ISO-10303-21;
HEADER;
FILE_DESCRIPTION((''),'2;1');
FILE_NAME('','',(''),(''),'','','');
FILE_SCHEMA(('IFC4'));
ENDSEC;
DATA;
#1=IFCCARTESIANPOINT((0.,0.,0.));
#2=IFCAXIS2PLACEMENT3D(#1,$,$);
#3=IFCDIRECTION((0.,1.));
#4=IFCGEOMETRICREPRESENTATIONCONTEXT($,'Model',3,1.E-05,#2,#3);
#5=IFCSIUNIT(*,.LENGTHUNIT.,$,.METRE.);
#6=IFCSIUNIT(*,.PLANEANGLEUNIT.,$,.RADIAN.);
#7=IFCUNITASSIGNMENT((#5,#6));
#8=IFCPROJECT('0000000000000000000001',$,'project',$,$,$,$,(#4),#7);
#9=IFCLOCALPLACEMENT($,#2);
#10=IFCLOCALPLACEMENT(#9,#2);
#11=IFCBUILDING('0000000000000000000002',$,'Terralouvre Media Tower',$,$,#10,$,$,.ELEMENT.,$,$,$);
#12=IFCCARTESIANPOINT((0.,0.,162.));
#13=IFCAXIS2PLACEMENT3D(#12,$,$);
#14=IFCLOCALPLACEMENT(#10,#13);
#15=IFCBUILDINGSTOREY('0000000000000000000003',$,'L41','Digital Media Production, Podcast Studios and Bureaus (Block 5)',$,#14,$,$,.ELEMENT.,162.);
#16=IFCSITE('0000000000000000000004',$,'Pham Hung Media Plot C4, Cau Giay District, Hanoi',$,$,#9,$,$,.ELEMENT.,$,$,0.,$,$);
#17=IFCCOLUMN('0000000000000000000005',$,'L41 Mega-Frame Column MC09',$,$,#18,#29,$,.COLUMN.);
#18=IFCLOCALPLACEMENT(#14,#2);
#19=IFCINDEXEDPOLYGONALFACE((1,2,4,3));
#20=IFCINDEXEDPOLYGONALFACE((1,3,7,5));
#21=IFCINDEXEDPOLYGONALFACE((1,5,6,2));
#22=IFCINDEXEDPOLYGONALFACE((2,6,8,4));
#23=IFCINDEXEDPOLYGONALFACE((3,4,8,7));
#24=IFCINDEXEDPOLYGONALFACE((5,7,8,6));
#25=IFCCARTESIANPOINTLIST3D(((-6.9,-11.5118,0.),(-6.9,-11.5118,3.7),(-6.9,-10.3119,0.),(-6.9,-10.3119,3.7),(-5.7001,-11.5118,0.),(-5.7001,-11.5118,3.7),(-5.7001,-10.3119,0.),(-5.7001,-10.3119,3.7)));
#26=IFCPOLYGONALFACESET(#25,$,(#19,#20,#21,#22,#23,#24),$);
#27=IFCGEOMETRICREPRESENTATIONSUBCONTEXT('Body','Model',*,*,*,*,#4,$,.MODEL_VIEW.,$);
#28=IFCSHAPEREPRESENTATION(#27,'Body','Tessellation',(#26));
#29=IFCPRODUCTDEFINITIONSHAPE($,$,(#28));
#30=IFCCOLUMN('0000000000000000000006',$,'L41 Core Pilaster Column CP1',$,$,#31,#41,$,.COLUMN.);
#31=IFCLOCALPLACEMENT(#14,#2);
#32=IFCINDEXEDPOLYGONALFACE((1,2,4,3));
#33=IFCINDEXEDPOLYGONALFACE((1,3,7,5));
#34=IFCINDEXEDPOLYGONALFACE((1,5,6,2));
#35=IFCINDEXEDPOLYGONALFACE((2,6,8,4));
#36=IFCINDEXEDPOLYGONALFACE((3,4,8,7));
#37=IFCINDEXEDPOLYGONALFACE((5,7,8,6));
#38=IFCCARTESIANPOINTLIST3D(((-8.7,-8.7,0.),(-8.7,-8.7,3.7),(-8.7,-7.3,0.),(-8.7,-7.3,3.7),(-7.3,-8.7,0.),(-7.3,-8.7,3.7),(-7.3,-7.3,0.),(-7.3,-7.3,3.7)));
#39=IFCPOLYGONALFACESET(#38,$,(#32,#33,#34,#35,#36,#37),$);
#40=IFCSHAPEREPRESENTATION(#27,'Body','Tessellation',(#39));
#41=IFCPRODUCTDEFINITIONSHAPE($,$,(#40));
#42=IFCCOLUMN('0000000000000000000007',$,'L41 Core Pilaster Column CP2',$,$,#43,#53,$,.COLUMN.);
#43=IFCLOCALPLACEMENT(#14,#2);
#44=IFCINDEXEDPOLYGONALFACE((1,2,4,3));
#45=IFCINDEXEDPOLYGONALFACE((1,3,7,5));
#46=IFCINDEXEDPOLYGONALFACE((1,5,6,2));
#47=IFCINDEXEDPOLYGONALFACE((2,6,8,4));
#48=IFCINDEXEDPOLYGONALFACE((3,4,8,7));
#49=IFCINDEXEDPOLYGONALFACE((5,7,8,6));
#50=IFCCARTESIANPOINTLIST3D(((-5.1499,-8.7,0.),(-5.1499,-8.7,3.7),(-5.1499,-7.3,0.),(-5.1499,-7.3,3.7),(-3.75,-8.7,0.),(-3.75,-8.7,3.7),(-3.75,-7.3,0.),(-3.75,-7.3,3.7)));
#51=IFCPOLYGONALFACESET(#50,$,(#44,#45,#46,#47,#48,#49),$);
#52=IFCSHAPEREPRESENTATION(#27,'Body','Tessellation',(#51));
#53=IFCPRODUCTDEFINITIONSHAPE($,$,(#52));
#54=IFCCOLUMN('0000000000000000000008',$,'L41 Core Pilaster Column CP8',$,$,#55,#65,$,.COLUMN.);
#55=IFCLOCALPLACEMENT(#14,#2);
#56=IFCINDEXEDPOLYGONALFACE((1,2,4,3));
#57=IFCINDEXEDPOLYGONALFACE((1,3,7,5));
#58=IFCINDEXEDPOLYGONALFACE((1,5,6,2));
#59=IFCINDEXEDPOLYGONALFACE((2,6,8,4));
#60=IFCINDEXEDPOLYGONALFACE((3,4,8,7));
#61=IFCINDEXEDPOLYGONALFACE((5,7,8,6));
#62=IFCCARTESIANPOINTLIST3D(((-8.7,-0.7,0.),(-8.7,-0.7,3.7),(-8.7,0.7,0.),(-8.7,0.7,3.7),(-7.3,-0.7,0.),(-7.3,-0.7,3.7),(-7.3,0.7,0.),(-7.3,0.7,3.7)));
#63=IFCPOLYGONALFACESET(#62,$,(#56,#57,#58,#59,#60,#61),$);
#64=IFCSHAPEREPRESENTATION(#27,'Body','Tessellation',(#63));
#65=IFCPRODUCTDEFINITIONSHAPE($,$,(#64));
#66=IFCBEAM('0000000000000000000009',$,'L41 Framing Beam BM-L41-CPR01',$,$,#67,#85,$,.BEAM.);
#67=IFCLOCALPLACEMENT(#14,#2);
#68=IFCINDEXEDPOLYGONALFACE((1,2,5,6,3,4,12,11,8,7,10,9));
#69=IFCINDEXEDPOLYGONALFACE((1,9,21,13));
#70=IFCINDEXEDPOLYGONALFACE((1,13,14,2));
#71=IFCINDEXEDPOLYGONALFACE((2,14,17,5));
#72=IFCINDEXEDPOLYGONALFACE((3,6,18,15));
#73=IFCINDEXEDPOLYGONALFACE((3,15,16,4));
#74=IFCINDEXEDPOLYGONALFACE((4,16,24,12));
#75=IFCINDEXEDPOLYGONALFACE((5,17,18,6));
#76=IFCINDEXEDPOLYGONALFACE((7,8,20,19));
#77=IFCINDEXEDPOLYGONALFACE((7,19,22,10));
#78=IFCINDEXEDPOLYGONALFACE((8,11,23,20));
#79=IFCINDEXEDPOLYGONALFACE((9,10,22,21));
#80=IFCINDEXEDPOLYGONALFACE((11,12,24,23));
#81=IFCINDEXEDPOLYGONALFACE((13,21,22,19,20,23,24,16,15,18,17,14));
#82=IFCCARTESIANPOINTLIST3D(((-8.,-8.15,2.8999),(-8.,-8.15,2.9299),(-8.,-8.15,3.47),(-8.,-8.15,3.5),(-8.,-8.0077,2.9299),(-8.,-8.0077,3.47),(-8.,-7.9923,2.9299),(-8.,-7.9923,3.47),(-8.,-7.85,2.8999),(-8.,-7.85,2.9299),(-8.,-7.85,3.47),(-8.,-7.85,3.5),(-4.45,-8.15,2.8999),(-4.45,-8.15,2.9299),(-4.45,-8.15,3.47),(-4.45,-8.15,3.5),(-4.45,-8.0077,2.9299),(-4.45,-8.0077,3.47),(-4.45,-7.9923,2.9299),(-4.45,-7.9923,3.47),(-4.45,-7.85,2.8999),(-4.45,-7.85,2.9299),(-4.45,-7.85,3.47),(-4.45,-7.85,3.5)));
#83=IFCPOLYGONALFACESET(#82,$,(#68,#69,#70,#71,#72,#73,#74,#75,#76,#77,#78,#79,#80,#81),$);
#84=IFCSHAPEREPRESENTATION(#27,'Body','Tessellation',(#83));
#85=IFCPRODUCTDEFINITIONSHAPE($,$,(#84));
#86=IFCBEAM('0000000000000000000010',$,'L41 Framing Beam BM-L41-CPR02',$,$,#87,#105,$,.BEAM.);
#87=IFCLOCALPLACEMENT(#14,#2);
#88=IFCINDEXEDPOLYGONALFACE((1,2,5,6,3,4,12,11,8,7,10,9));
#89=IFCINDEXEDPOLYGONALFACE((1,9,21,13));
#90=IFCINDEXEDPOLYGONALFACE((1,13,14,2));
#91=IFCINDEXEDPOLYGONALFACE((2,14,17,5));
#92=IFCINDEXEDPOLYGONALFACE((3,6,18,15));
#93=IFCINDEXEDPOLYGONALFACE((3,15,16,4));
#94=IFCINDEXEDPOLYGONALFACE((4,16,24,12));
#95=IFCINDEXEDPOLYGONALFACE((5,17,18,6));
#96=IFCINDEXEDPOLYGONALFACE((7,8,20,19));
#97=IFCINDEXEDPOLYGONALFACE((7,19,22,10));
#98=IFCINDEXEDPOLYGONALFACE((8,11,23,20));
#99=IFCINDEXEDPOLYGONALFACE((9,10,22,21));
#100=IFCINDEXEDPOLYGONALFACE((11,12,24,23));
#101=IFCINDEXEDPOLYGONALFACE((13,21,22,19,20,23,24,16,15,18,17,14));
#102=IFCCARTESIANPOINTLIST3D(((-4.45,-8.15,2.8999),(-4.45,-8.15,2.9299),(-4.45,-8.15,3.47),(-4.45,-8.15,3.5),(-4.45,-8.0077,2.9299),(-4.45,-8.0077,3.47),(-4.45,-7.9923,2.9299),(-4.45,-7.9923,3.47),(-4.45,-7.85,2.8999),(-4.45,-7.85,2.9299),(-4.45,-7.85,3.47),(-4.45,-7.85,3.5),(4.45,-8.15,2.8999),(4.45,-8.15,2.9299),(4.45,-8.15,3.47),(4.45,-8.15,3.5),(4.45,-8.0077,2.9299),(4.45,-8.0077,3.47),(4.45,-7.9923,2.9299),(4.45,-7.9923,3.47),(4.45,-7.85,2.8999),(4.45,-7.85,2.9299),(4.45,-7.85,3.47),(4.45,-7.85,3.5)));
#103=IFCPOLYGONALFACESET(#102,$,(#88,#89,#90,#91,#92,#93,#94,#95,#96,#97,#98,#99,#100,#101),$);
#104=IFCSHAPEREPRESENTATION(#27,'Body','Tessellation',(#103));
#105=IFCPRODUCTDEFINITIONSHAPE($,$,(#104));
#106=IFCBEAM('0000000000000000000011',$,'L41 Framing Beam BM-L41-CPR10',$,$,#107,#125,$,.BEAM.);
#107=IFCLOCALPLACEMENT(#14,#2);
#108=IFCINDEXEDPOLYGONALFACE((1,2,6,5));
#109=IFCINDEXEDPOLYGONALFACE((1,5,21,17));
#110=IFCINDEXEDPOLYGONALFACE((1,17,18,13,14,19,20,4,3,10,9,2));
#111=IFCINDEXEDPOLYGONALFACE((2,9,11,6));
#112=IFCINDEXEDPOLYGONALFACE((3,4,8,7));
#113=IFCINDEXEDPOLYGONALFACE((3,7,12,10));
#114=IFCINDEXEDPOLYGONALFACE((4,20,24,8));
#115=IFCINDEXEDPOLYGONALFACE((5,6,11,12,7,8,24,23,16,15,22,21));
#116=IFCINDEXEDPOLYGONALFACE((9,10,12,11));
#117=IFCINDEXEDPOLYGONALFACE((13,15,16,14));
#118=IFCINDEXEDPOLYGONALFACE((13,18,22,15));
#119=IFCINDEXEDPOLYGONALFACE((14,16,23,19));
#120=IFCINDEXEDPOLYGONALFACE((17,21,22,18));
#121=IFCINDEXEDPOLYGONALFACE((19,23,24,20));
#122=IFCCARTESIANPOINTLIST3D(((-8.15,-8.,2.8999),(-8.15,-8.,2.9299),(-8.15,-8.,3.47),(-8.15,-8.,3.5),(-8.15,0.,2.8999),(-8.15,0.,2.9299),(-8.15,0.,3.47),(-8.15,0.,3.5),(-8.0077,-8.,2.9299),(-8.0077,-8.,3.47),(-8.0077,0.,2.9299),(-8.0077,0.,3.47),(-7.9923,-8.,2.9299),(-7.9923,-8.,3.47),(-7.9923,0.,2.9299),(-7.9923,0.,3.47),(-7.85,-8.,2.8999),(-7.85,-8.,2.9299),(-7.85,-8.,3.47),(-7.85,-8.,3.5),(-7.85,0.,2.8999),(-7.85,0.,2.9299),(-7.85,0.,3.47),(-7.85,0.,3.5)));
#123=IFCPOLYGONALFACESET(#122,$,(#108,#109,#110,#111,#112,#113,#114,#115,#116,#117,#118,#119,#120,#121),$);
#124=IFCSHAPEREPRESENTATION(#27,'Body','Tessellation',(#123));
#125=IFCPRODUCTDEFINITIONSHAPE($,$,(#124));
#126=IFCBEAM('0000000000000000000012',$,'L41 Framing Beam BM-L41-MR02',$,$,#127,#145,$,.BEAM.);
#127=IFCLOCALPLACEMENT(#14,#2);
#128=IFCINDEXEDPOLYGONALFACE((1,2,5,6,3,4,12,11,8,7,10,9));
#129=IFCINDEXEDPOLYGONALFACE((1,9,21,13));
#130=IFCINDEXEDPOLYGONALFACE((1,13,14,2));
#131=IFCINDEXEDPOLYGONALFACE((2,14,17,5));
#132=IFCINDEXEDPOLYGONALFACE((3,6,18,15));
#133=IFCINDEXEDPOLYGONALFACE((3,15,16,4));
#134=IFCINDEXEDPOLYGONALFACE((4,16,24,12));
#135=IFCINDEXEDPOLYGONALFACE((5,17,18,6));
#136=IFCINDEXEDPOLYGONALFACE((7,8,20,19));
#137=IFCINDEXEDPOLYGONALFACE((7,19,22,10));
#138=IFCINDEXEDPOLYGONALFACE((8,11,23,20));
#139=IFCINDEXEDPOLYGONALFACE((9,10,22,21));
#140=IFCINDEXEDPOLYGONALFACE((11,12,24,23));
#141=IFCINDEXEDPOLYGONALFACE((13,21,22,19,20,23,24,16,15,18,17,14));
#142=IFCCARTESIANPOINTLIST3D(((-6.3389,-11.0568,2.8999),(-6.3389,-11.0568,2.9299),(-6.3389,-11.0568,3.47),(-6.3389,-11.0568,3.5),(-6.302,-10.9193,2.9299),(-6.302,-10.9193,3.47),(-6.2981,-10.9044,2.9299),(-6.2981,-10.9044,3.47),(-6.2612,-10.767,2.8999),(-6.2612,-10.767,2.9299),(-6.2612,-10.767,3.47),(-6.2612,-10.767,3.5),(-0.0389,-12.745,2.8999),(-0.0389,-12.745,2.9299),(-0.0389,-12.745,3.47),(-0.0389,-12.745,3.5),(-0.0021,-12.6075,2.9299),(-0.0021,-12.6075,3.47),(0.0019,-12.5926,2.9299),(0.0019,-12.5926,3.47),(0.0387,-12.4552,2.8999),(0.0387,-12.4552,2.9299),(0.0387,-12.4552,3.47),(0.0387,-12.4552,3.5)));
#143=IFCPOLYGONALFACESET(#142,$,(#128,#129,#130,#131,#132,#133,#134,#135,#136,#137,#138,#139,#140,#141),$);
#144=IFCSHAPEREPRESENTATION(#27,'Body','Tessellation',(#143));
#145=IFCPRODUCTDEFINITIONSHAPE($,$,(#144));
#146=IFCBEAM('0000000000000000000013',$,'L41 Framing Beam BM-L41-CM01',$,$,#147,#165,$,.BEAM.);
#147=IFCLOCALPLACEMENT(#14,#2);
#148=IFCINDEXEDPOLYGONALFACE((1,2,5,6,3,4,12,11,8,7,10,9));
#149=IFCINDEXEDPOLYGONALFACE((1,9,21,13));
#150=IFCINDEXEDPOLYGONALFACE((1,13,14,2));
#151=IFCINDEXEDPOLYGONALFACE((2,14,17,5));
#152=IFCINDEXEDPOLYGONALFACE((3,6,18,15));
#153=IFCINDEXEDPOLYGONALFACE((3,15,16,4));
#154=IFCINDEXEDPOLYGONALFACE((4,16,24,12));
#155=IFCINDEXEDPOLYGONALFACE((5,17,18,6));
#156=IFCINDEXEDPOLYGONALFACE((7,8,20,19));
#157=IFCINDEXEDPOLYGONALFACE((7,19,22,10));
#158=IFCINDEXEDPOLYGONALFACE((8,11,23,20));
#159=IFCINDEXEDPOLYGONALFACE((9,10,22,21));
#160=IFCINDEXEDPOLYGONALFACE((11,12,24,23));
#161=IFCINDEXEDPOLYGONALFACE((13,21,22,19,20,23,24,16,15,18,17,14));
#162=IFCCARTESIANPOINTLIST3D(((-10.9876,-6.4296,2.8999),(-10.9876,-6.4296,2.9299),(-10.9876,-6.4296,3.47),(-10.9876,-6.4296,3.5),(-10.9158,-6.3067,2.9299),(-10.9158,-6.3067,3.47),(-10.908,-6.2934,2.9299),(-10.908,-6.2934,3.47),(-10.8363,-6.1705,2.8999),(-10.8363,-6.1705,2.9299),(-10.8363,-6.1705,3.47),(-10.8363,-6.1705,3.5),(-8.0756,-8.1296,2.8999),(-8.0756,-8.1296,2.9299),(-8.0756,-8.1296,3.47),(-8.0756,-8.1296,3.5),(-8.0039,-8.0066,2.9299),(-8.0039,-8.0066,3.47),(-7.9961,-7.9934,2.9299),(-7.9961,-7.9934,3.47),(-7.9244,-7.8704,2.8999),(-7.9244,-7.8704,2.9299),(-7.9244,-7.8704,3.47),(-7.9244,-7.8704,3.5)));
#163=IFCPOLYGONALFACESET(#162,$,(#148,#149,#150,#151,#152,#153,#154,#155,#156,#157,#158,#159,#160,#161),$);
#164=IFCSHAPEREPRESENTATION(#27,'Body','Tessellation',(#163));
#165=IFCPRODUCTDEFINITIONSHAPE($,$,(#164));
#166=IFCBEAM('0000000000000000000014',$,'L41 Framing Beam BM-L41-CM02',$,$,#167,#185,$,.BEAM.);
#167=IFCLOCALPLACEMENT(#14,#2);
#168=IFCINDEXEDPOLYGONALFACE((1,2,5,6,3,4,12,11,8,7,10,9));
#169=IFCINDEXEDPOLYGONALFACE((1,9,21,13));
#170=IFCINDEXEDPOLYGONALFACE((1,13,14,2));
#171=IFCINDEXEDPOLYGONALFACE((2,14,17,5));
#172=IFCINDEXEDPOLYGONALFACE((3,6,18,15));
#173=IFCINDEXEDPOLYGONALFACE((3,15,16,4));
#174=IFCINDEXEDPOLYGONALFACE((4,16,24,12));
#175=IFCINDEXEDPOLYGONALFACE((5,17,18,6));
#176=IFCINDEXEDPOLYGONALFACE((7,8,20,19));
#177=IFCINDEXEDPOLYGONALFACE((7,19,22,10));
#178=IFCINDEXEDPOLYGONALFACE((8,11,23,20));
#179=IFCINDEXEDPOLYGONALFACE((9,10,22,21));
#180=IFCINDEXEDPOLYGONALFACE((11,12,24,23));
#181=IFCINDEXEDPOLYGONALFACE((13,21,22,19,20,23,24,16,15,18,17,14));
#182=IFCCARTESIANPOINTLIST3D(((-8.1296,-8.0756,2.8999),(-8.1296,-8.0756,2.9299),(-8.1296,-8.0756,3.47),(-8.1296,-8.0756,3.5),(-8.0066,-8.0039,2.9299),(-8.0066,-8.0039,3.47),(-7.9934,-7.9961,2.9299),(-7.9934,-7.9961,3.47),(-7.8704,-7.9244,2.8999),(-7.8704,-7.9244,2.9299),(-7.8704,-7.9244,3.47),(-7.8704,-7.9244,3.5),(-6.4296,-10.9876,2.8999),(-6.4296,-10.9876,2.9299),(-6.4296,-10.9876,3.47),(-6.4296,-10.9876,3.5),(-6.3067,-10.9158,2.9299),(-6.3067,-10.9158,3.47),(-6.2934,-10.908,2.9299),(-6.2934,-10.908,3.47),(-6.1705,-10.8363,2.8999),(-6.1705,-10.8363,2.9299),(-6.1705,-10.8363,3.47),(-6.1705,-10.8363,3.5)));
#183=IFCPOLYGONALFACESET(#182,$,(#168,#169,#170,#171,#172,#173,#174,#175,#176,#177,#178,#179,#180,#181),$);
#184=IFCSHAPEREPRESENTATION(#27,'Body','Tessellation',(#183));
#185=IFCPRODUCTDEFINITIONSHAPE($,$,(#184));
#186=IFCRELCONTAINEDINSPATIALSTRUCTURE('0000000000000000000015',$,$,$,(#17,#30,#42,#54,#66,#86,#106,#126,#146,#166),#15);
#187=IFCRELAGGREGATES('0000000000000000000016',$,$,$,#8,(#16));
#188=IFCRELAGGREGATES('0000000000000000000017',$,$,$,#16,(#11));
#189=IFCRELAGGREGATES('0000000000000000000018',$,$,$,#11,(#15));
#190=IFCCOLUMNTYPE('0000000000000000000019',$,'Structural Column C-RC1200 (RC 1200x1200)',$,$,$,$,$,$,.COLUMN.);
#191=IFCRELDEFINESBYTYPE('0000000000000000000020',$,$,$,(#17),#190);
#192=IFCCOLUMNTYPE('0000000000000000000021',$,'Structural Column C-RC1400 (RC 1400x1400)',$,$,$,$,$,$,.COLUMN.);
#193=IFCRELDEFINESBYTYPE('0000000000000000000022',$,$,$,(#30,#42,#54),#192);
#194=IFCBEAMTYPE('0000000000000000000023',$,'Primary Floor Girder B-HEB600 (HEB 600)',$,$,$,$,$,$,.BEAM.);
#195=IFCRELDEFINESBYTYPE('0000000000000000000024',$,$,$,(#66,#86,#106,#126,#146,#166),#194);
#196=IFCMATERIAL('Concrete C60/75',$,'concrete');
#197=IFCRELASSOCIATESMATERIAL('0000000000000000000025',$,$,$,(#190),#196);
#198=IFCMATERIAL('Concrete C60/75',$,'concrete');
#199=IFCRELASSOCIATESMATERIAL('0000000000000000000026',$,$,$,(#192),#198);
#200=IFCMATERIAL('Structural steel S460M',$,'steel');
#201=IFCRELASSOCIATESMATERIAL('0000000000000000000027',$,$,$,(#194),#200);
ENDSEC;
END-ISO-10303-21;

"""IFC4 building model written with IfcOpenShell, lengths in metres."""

from ifc_helpers import new_model, si_unit, direction, frame, origin, origin_2d, place, context, subcontext, project, spatial, rectangle, i_section, extrude, material, material_profile, profile_set, type_object, element, save


model = new_model("IFC4")

# Units and contexts
model_context = context("Model", 3, precision=1e-05, world=origin(), true_north=direction((0.0, 1.0)))
body_context = subcontext(model_context, "Body", "Model", "MODEL_VIEW")
ifc_project = project(units=[si_unit("LENGTHUNIT", "METRE"), si_unit("PLANEANGLEUNIT", "RADIAN")], contexts=[model_context])

# Site, building, storey
site_placement = place(None, origin())
site = spatial("IfcSite", under=ifc_project, at=site_placement, Name="Pham Hung Media Plot C4, Cau Giay District, Hanoi", CompositionType="ELEMENT", RefElevation=0.0)
building_placement = place(site_placement, origin())
building = spatial("IfcBuilding", under=site, at=building_placement, Name="Terralouvre Media Tower", CompositionType="ELEMENT")
storey_placement = place(building_placement, frame((0.0, 0.0, 162.0)))
storey = spatial("IfcBuildingStorey", under=building, at=storey_placement, Name="L41", Description="Digital Media Production, Podcast Studios and Bureaus (Block 5)", CompositionType="ELEMENT", Elevation=162.0)

# Columns
ifc_material_1 = material(Name="Concrete C60/75", Category="concrete")
ifc_material_profile_1 = material_profile(ifc_material_1, rectangle(XDim=1.2, YDim=1.2, at=origin_2d()), Name="RC 1200x1200")
ifc_profile_set_1 = profile_set([ifc_material_profile_1], Name="Concrete C60/75")
column_type_1 = type_object("IfcColumnType", Name="Structural Column C-RC1200 (RC 1200x1200)", PredefinedType="COLUMN", material=ifc_profile_set_1)
column_placement = place(storey_placement, frame((-6.3, -10.9119, 0.0), z_axis=(0.0, 0.0, 1.0), x_axis=(1.0, 0.0, 0.0)))
element("IfcColumn", 1, at=column_placement, inside=storey, type_object=column_type_1, Name="L41 Mega-Frame Column MC09", PredefinedType="COLUMN", context=body_context, shape_type="SweptSolid", body=[
    extrude(rectangle(XDim=1.2, YDim=1.2, at=origin_2d()), origin(), (0.0, 0.0, 1.0), 3.7),
])
ifc_material_2 = material(Name="Concrete C60/75", Category="concrete")
ifc_material_profile_2 = material_profile(ifc_material_2, rectangle(XDim=1.3999, YDim=1.3999, at=origin_2d()), Name="RC 1400x1400")
ifc_profile_set_2 = profile_set([ifc_material_profile_2], Name="Concrete C60/75")
column_type_2 = type_object("IfcColumnType", Name="Structural Column C-RC1400 (RC 1400x1400)", PredefinedType="COLUMN", material=ifc_profile_set_2)
for number, where, z_axis, x_axis, name in (
    (2, (-8.0, -8.0, 0.0), (0.0, 0.0, 1.0), (1.0, 0.0, 0.0), "L41 Core Pilaster Column CP1"),
    (3, (-4.45, -8.0, 0.0), (0.0, 0.0, 1.0), (1.0, 0.0, 0.0), "L41 Core Pilaster Column CP2"),
    (4, (-8.0, 0.0, 0.0), (0.0, 0.0, 1.0), (1.0, 0.0, 0.0), "L41 Core Pilaster Column CP8"),
):
    element("IfcColumn", number, at=place(storey_placement, frame(where, z_axis=z_axis, x_axis=x_axis)), inside=storey, type_object=column_type_2, Name=name, PredefinedType="COLUMN", context=body_context, shape_type="SweptSolid", body=[
        extrude(rectangle(XDim=1.3999, YDim=1.3999, at=origin_2d()), origin(), (0.0, 0.0, 1.0), 3.7),
    ])

# Beams
ifc_material_3 = material(Name="Structural steel S460M", Category="steel")
ifc_material_profile_3 = material_profile(ifc_material_3, i_section(OverallWidth=0.3, OverallDepth=0.6001, WebThickness=0.0154, FlangeThickness=0.03, at=origin_2d()), Name="HEB 600")
ifc_profile_set_3 = profile_set([ifc_material_profile_3], Name="Structural steel S460M")
beam_type = type_object("IfcBeamType", Name="Primary Floor Girder B-HEB600 (HEB 600)", PredefinedType="BEAM", material=ifc_profile_set_3)
beam_1_placement = place(storey_placement, frame((-8.0, -8.0, 3.2), z_axis=(1.0, 0.0, 0.0), x_axis=(0.0, 1.0, 0.0)))
element("IfcBeam", 5, at=beam_1_placement, inside=storey, type_object=beam_type, Name="L41 Framing Beam BM-L41-CPR01", PredefinedType="BEAM", context=body_context, shape_type="SweptSolid", body=[
    extrude(i_section(OverallWidth=0.3, OverallDepth=0.6001, WebThickness=0.0154, FlangeThickness=0.03, at=origin_2d()), origin(), (0.0, 0.0, 1.0), 3.55),
])
beam_2_placement = place(storey_placement, frame((-4.45, -8.0, 3.2), z_axis=(1.0, 0.0, 0.0), x_axis=(0.0, 1.0, 0.0)))
element("IfcBeam", 6, at=beam_2_placement, inside=storey, type_object=beam_type, Name="L41 Framing Beam BM-L41-CPR02", PredefinedType="BEAM", context=body_context, shape_type="SweptSolid", body=[
    extrude(i_section(OverallWidth=0.3, OverallDepth=0.6001, WebThickness=0.0154, FlangeThickness=0.03, at=origin_2d()), origin(), (0.0, 0.0, 1.0), 8.8999),
])
beam_3_placement = place(storey_placement, frame((-8.0, 0.0, 3.2), z_axis=(0.0, -1.0, 0.0), x_axis=(1.0, 0.0, 0.0)))
element("IfcBeam", 7, at=beam_3_placement, inside=storey, type_object=beam_type, Name="L41 Framing Beam BM-L41-CPR10", PredefinedType="BEAM", context=body_context, shape_type="SweptSolid", body=[
    extrude(i_section(OverallWidth=0.3, OverallDepth=0.6001, WebThickness=0.0154, FlangeThickness=0.03, at=origin_2d()), origin(), (0.0, 0.0, 1.0), 8.0),
])
beam_4_placement = place(storey_placement, frame((-6.3, -10.9119, 3.2), z_axis=(0.96592, -0.258839, 0.0), x_axis=(0.258839, 0.96592, 0.0)))
element("IfcBeam", 8, at=beam_4_placement, inside=storey, type_object=beam_type, Name="L41 Framing Beam BM-L41-MR02", PredefinedType="BEAM", context=body_context, shape_type="SweptSolid", body=[
    extrude(i_section(OverallWidth=0.3, OverallDepth=0.6001, WebThickness=0.0154, FlangeThickness=0.03, at=origin_2d()), origin(), (0.0, 0.0, 1.0), 6.5222),
])
for number, where, z_axis, x_axis, name in (
    (9, (-8.0, -8.0, 3.2), (-0.863603, 0.504173, 0.0), (-0.504173, -0.863603, 0.0), "L41 Framing Beam BM-L41-CM01"),
    (10, (-8.0, -8.0, 3.2), (0.504173, -0.863603, 0.0), (0.863603, 0.504173, 0.0), "L41 Framing Beam BM-L41-CM02"),
):
    element("IfcBeam", number, at=place(storey_placement, frame(where, z_axis=z_axis, x_axis=x_axis)), inside=storey, type_object=beam_type, Name=name, PredefinedType="BEAM", context=body_context, shape_type="SweptSolid", body=[
        extrude(i_section(OverallWidth=0.3, OverallDepth=0.6001, WebThickness=0.0154, FlangeThickness=0.03, at=origin_2d()), origin(), (0.0, 0.0, 1.0), 3.3718),
    ])

save(model, "model.ifc")
